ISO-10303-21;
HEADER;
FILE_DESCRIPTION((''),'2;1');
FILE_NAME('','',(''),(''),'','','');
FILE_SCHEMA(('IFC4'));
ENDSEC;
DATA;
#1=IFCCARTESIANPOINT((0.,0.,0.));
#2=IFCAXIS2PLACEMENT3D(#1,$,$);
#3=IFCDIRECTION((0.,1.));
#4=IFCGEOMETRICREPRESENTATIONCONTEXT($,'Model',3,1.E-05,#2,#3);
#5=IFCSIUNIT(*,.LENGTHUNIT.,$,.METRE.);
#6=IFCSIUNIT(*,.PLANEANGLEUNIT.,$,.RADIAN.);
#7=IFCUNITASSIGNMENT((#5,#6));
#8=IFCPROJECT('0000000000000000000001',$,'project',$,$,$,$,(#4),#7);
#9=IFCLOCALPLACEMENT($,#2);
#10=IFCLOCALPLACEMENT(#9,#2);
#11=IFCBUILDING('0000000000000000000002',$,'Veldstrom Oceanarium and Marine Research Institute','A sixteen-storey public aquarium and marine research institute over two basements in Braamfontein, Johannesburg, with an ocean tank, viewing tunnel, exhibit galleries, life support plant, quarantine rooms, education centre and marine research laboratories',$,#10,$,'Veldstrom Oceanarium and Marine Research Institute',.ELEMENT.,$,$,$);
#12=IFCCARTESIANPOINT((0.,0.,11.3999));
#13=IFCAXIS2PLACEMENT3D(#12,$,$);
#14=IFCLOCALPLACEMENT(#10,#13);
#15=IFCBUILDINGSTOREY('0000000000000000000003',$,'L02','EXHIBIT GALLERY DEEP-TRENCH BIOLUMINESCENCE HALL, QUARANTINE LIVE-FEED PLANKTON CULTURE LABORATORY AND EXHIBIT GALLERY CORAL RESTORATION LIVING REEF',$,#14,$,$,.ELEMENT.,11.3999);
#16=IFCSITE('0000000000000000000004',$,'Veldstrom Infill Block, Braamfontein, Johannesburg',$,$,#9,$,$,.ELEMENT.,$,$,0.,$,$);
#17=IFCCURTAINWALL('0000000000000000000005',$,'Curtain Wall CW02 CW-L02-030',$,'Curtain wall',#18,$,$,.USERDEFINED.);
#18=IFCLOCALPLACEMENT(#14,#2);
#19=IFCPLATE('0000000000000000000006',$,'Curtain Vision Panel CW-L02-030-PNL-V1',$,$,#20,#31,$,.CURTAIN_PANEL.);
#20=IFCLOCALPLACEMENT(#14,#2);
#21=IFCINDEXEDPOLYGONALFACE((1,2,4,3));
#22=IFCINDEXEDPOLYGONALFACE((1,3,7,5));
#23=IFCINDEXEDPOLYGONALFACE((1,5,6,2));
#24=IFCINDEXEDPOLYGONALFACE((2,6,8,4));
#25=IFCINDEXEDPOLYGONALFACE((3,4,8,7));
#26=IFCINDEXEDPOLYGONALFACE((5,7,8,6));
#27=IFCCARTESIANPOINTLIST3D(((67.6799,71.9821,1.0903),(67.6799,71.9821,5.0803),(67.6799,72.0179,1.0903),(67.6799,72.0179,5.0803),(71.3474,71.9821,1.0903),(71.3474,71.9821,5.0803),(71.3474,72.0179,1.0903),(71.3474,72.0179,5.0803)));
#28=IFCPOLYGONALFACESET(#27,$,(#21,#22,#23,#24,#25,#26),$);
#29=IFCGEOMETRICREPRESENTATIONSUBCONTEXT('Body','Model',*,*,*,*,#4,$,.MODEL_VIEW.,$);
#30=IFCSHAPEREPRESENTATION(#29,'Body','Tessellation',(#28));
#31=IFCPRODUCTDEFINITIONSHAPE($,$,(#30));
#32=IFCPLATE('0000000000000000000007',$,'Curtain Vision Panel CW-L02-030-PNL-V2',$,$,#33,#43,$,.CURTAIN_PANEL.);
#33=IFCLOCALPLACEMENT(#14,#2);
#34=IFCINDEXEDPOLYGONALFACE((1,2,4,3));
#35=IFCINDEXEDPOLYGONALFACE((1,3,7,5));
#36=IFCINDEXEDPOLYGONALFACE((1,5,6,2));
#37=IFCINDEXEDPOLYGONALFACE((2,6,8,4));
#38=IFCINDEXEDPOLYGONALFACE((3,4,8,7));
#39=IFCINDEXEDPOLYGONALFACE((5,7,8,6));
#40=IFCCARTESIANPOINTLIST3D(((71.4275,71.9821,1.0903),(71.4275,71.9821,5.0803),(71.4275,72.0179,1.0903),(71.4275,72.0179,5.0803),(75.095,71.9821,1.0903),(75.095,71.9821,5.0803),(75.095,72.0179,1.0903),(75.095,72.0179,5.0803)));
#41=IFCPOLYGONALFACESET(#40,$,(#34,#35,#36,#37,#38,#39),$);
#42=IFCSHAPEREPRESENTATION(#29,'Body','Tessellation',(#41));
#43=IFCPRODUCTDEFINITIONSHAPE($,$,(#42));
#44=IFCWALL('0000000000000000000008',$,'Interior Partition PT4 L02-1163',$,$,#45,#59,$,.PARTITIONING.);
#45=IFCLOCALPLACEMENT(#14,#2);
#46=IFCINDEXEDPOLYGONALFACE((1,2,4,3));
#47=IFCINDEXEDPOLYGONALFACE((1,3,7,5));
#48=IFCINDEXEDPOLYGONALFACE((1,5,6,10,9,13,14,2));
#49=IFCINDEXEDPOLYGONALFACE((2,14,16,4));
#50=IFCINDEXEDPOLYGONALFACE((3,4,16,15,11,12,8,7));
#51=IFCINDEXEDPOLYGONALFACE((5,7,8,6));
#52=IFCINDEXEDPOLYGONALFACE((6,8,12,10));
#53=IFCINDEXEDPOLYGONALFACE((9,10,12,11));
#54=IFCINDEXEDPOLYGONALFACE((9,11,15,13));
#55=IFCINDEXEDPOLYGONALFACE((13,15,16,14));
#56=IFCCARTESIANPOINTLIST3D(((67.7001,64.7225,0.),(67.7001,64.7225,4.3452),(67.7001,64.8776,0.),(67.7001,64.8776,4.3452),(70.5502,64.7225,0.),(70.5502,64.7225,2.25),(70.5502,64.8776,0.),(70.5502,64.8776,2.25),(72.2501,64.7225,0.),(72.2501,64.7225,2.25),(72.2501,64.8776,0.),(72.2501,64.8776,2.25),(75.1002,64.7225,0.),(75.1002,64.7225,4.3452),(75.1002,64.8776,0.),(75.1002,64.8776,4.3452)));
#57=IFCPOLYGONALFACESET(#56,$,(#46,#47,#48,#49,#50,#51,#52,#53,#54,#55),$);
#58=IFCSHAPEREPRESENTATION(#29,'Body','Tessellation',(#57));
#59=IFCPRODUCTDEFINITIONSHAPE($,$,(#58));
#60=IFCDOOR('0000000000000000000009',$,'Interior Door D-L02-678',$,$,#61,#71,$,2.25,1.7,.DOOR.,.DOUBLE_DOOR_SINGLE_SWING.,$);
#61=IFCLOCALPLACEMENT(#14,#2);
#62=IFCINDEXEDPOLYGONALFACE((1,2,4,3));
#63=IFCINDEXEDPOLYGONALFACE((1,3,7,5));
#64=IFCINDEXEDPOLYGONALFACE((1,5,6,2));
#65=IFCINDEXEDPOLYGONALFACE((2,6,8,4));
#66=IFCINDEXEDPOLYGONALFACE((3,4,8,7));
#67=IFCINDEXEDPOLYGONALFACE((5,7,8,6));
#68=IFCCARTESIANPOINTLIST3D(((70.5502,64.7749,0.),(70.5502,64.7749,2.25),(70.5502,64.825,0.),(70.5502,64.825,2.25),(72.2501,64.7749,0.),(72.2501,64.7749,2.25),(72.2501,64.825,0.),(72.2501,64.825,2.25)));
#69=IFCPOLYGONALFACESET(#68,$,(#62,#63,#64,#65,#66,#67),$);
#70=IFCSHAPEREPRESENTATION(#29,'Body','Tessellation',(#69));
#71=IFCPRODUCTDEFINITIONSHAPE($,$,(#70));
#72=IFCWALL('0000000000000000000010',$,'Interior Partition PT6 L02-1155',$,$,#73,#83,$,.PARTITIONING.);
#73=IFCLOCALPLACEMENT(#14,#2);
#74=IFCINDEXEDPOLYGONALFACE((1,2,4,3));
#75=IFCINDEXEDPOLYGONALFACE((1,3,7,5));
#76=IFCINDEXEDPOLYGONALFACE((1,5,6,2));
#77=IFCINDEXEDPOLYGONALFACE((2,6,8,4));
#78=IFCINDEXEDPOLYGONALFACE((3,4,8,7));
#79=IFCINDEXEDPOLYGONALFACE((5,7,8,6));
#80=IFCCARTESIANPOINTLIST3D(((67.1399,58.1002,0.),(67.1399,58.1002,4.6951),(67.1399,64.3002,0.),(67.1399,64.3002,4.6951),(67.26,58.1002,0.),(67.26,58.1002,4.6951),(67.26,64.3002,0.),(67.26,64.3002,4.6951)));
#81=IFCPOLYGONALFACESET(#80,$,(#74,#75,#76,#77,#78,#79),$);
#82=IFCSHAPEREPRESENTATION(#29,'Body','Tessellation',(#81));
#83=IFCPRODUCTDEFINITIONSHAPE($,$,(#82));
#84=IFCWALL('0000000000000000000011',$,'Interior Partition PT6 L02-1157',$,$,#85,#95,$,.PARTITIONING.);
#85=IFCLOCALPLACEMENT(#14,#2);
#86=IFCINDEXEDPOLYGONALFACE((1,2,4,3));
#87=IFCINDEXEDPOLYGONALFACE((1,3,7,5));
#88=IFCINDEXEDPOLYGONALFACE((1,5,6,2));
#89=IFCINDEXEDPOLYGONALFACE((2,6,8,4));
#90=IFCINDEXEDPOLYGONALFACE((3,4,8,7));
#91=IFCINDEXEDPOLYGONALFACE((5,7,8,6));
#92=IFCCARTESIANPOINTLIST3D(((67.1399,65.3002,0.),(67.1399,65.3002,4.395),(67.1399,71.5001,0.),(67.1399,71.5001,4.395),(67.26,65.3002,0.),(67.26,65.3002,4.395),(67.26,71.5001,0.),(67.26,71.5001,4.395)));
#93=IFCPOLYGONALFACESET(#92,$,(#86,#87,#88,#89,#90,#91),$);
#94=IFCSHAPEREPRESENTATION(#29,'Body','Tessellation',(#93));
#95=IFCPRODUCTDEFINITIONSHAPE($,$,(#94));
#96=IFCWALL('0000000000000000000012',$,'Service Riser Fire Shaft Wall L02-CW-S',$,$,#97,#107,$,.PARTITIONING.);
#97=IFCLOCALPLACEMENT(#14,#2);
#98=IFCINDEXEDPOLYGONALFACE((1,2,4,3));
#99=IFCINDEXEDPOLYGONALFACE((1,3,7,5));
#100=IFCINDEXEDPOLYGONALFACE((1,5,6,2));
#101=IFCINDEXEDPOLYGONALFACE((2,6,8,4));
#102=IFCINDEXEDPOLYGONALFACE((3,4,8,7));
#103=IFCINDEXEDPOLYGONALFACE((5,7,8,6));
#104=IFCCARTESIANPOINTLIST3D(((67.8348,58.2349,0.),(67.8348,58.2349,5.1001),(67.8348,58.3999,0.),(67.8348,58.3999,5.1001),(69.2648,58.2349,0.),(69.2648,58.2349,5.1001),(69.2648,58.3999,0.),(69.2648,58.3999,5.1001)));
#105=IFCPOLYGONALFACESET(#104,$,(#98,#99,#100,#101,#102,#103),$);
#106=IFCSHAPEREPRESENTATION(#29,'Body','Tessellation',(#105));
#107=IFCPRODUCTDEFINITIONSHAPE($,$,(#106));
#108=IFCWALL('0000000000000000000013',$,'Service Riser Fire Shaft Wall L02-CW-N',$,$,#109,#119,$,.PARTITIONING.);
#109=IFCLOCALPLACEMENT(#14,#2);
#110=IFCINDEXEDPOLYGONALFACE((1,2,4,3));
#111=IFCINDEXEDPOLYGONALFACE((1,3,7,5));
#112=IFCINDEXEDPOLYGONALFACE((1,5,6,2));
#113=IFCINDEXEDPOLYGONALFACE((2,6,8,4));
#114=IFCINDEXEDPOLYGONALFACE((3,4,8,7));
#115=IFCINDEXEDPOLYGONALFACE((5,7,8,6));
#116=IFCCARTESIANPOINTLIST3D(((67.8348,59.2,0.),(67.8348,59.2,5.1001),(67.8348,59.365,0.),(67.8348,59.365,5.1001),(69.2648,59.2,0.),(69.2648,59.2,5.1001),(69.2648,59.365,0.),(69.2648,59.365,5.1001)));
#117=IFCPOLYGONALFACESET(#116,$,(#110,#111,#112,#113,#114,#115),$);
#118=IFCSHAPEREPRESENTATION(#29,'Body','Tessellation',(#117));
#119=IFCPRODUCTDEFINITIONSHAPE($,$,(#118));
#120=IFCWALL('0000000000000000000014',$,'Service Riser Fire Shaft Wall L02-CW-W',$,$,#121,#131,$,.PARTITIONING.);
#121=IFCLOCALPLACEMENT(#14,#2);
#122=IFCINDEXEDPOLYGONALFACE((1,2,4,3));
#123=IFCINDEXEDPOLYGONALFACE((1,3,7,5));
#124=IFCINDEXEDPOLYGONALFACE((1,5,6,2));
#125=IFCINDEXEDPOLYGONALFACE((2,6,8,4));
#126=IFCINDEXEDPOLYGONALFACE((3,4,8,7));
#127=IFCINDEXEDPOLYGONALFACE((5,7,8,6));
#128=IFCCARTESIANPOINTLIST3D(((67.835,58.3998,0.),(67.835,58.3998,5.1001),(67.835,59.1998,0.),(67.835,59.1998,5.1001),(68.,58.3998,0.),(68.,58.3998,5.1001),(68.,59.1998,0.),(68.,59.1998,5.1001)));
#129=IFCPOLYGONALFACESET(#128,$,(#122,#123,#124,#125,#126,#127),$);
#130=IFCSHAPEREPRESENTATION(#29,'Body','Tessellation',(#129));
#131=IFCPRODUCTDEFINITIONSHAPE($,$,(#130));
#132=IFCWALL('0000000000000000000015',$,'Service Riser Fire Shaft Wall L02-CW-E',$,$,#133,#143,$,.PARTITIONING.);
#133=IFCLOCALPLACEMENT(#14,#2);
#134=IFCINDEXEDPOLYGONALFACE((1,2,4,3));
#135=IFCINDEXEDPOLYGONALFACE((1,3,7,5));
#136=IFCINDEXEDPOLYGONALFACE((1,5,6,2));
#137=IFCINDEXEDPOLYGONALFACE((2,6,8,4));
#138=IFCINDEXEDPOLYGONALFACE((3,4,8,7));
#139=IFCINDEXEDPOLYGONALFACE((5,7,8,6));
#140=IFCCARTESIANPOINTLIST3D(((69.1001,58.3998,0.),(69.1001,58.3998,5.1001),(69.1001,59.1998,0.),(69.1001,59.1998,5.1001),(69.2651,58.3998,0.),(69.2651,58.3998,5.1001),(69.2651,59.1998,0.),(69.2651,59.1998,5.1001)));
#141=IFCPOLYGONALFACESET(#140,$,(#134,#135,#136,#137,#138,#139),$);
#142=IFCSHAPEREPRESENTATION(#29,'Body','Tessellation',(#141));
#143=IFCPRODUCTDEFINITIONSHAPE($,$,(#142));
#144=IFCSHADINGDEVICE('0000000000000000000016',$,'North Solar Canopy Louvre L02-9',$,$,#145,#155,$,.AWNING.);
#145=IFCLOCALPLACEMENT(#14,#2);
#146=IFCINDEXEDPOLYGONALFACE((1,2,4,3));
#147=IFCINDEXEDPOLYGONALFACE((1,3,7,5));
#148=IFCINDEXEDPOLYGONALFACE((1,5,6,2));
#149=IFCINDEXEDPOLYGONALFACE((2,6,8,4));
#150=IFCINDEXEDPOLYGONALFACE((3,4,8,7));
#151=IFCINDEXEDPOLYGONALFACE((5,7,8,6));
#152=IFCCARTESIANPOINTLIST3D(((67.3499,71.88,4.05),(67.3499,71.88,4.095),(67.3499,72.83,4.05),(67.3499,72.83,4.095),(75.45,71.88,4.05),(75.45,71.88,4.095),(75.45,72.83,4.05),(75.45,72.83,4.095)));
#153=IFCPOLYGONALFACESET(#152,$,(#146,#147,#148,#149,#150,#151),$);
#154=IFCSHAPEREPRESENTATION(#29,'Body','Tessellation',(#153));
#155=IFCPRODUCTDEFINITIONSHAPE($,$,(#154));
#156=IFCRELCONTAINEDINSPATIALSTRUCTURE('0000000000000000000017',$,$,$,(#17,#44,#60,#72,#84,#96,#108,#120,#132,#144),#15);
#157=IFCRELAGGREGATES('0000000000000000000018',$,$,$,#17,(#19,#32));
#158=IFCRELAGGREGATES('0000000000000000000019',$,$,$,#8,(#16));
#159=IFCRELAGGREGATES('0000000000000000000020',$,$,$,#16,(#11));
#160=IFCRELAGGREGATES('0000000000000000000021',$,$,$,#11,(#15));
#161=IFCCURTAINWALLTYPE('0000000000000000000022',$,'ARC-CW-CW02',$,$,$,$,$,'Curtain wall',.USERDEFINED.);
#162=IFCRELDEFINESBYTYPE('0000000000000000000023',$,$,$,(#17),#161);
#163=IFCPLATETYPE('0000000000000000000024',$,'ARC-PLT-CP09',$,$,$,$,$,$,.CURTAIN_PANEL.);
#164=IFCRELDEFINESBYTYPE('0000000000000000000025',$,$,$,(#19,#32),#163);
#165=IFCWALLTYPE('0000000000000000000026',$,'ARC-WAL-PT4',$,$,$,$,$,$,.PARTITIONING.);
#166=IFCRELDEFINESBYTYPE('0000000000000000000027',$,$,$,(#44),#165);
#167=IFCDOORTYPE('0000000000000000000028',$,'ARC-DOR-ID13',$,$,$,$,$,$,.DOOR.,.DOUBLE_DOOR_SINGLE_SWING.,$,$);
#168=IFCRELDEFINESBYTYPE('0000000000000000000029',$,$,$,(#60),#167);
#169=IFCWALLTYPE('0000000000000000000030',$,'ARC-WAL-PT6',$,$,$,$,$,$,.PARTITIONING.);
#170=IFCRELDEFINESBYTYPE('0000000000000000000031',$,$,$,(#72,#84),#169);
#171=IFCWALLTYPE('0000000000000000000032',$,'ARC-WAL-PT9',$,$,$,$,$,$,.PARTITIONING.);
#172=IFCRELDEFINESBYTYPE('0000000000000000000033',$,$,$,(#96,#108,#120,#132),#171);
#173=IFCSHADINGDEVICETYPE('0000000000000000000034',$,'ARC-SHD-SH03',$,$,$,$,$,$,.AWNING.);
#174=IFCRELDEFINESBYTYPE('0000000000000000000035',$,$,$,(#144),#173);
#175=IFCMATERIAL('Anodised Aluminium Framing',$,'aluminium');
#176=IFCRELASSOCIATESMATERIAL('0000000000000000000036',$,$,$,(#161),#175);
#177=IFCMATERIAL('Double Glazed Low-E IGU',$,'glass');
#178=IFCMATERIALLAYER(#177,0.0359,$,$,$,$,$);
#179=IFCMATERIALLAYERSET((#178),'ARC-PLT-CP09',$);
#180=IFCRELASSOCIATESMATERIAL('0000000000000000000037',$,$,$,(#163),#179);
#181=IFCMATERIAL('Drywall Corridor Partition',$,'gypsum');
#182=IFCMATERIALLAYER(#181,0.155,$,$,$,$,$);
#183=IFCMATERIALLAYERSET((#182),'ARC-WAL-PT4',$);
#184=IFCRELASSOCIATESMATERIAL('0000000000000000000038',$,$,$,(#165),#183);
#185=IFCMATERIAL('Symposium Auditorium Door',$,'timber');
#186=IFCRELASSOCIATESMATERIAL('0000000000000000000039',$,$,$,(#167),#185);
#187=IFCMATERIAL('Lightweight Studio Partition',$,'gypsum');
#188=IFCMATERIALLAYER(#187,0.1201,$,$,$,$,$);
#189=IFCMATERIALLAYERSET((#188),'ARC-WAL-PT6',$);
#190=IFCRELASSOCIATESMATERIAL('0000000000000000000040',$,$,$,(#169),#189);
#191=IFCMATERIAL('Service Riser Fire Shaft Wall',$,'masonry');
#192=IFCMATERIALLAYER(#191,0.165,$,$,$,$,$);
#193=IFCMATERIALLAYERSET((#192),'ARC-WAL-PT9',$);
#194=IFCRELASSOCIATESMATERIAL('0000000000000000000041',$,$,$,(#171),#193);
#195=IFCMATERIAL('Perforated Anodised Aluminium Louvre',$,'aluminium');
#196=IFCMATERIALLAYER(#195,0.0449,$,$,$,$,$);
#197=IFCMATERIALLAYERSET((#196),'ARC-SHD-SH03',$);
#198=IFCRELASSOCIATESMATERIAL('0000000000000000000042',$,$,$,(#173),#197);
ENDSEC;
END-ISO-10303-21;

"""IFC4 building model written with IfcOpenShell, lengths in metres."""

from ifc_helpers import new_model, si_unit, direction, frame, frame_2d, origin, origin_2d, place, context, subcontext, project, spatial, rectangle, extrude, material, layer, layer_set, type_object, element, fill, aggregate, save


model = new_model("IFC4")

# Units and contexts
model_context = context("Model", 3, precision=1e-05, world=origin(), true_north=direction((0.0, 1.0)))
body_context = subcontext(model_context, "Body", "Model", "MODEL_VIEW")
ifc_project = project(units=[si_unit("LENGTHUNIT", "METRE"), si_unit("PLANEANGLEUNIT", "RADIAN")], contexts=[model_context])

# Site, building, storey
site_placement = place(None, origin())
site = spatial("IfcSite", under=ifc_project, at=site_placement, Name="Veldstrom Infill Block, Braamfontein, Johannesburg", CompositionType="ELEMENT", RefElevation=0.0)
building_placement = place(site_placement, origin())
building = spatial("IfcBuilding", under=site, at=building_placement, Name="Veldstrom Oceanarium and Marine Research Institute", Description="A sixteen-storey public aquarium and marine research institute over two basements in Braamfontein, Johannesburg, with an ocean tank, viewing tunnel, exhibit galleries, life support plant, quarantine rooms, education centre and marine research laboratories", LongName="Veldstrom Oceanarium and Marine Research Institute", CompositionType="ELEMENT")
storey_placement = place(building_placement, frame((0.0, 0.0, 11.3999)))
storey = spatial("IfcBuildingStorey", under=building, at=storey_placement, Name="L02", Description="EXHIBIT GALLERY DEEP-TRENCH BIOLUMINESCENCE HALL, QUARANTINE LIVE-FEED PLANKTON CULTURE LABORATORY AND EXHIBIT GALLERY CORAL RESTORATION LIVING REEF", CompositionType="ELEMENT", Elevation=11.3999)

# Curtain wall
ifc_material_1 = material(Name="Anodised Aluminium Framing", Category="aluminium")
curtain_wall_type = type_object("IfcCurtainWallType", Name="ARC-CW-CW02", ElementType="Curtain wall", PredefinedType="USERDEFINED", material=ifc_material_1)
curtain_wall_placement = place(storey_placement, origin())
curtain_wall = element("IfcCurtainWall", 1, at=curtain_wall_placement, inside=storey, type_object=curtain_wall_type, Name="Curtain Wall CW02 CW-L02-030", ObjectType="Curtain wall", PredefinedType="USERDEFINED")

# Plates
ifc_material_2 = material(Name="Double Glazed Low-E IGU", Category="glass")
ifc_layer_1 = layer(ifc_material_2, 0.0359)
ifc_layer_set_1 = layer_set([ifc_layer_1], Name="ARC-PLT-CP09")
plate_type_1 = type_object("IfcPlateType", Name="ARC-PLT-CP09", PredefinedType="CURTAIN_PANEL", material=ifc_layer_set_1)
plate_1_placement = place(storey_placement, frame((69.5137, 72.0, 1.0903), z_axis=(0.0, 0.0, 1.0), x_axis=(1.0, 0.0, 0.0)))
plate_1 = element("IfcPlate", 2, at=plate_1_placement, type_object=plate_type_1, Name="Curtain Vision Panel CW-L02-030-PNL-V1", PredefinedType="CURTAIN_PANEL", context=body_context, shape_type="SweptSolid", body=[
    extrude(rectangle(XDim=3.6675, YDim=0.0359, at=origin_2d()), origin(), (0.0, 0.0, 1.0), 3.99),
])
plate_2_placement = place(storey_placement, frame((73.2612, 72.0, 1.0903), z_axis=(0.0, 0.0, 1.0), x_axis=(1.0, 0.0, 0.0)))
plate_2 = element("IfcPlate", 3, at=plate_2_placement, type_object=plate_type_1, Name="Curtain Vision Panel CW-L02-030-PNL-V2", PredefinedType="CURTAIN_PANEL", context=body_context, shape_type="SweptSolid", body=[
    extrude(rectangle(XDim=3.6675, YDim=0.0359, at=origin_2d()), origin(), (0.0, 0.0, 1.0), 3.99),
])
aggregate(curtain_wall, [plate_1, plate_2])

# Wall, opening, door
ifc_material_3 = material(Name="Drywall Corridor Partition", Category="gypsum")
ifc_layer_2 = layer(ifc_material_3, 0.155)
ifc_layer_set_2 = layer_set([ifc_layer_2], Name="ARC-WAL-PT4")
wall_type_1 = type_object("IfcWallType", Name="ARC-WAL-PT4", PredefinedType="PARTITIONING", material=ifc_layer_set_2)
wall_1_placement = place(storey_placement, frame((67.7, 64.8, 0.0), z_axis=(0.0, 0.0, 1.0), x_axis=(1.0, 0.0, 0.0)))
wall_1 = element("IfcWall", 4, at=wall_1_placement, inside=storey, type_object=wall_type_1, Name="Interior Partition PT4 L02-1163", PredefinedType="PARTITIONING", context=body_context, shape_type="SweptSolid", body=[
    extrude(rectangle(XDim=7.4001, YDim=0.155, at=frame_2d((3.7002, 0.0))), origin(), (0.0, 0.0, 1.0), 4.3452),
])
opening_placement = place(wall_1_placement, frame((2.8501, 0.0, 0.0)))
opening = element("IfcOpeningElement", 5, at=opening_placement, cuts=wall_1, PredefinedType="OPENING", context=body_context, shape_type="SweptSolid", body=[
    extrude(rectangle(XDim=1.7, YDim=2.25, at=frame_2d((0.8501, 1.125))), frame((0.0, 0.0874, 0.0), z_axis=(0.0, -1.0, 0.0), x_axis=(1.0, 0.0, 0.0)), (0.0, 0.0, 1.0), 0.175),
])
ifc_material_4 = material(Name="Symposium Auditorium Door", Category="timber")
door_type = type_object("IfcDoorType", Name="ARC-DOR-ID13", OperationType="DOUBLE_DOOR_SINGLE_SWING", PredefinedType="DOOR", material=ifc_material_4)
door_placement = place(opening_placement, origin())
door = element("IfcDoor", 6, at=door_placement, inside=storey, type_object=door_type, Name="Interior Door D-L02-678", OperationType="DOUBLE_DOOR_SINGLE_SWING", OverallHeight=2.25, OverallWidth=1.7, PredefinedType="DOOR", context=body_context, shape_type="SweptSolid", body=[
    extrude(rectangle(XDim=1.7, YDim=2.25, at=frame_2d((0.8501, 1.125))), frame((0.0, 0.0249, 0.0), z_axis=(0.0, -1.0, 0.0), x_axis=(1.0, 0.0, 0.0)), (0.0, 0.0, 1.0), 0.05),
])
fill(opening, door)

# Walls
ifc_material_5 = material(Name="Lightweight Studio Partition", Category="gypsum")
ifc_layer_3 = layer(ifc_material_5, 0.1201)
ifc_layer_set_3 = layer_set([ifc_layer_3], Name="ARC-WAL-PT6")
wall_type_2 = type_object("IfcWallType", Name="ARC-WAL-PT6", PredefinedType="PARTITIONING", material=ifc_layer_set_3)
wall_2_placement = place(storey_placement, frame((67.2, 58.1001, 0.0), z_axis=(0.0, 0.0, 1.0), x_axis=(0.0, 1.0, 0.0)))
element("IfcWall", 7, at=wall_2_placement, inside=storey, type_object=wall_type_2, Name="Interior Partition PT6 L02-1155", PredefinedType="PARTITIONING", context=body_context, shape_type="SweptSolid", body=[
    extrude(rectangle(XDim=6.2, YDim=0.1201, at=frame_2d((3.1001, 0.0))), origin(), (0.0, 0.0, 1.0), 4.6951),
])
wall_3_placement = place(storey_placement, frame((67.2, 65.3, 0.0), z_axis=(0.0, 0.0, 1.0), x_axis=(0.0, 1.0, 0.0)))
element("IfcWall", 8, at=wall_3_placement, inside=storey, type_object=wall_type_2, Name="Interior Partition PT6 L02-1157", PredefinedType="PARTITIONING", context=body_context, shape_type="SweptSolid", body=[
    extrude(rectangle(XDim=6.2, YDim=0.1201, at=frame_2d((3.1001, 0.0))), origin(), (0.0, 0.0, 1.0), 4.395),
])
ifc_material_6 = material(Name="Service Riser Fire Shaft Wall", Category="masonry")
ifc_layer_4 = layer(ifc_material_6, 0.165)
ifc_layer_set_4 = layer_set([ifc_layer_4], Name="ARC-WAL-PT9")
wall_type_3 = type_object("IfcWallType", Name="ARC-WAL-PT9", PredefinedType="PARTITIONING", material=ifc_layer_set_4)
for number, where, z_axis, x_axis, name in (
    (9, (67.835, 58.3174, 0.0), (0.0, 0.0, 1.0), (1.0, 0.0, 0.0), "Service Riser Fire Shaft Wall L02-CW-S"),
    (10, (67.835, 59.2825, 0.0), (0.0, 0.0, 1.0), (1.0, 0.0, 0.0), "Service Riser Fire Shaft Wall L02-CW-N"),
):
    element("IfcWall", number, at=place(storey_placement, frame(where, z_axis=z_axis, x_axis=x_axis)), inside=storey, type_object=wall_type_3, Name=name, PredefinedType="PARTITIONING", context=body_context, shape_type="SweptSolid", body=[
        extrude(rectangle(XDim=1.4299, YDim=0.165, at=frame_2d((0.7148, 0.0))), origin(), (0.0, 0.0, 1.0), 5.1001),
    ])
for number, where, z_axis, x_axis, name in (
    (11, (67.9175, 58.3999, 0.0), (0.0, 0.0, 1.0), (0.0, 1.0, 0.0), "Service Riser Fire Shaft Wall L02-CW-W"),
    (12, (69.1826, 58.3999, 0.0), (0.0, 0.0, 1.0), (0.0, 1.0, 0.0), "Service Riser Fire Shaft Wall L02-CW-E"),
):
    element("IfcWall", number, at=place(storey_placement, frame(where, z_axis=z_axis, x_axis=x_axis)), inside=storey, type_object=wall_type_3, Name=name, PredefinedType="PARTITIONING", context=body_context, shape_type="SweptSolid", body=[
        extrude(rectangle(XDim=0.8, YDim=0.165, at=frame_2d((0.3999, 0.0))), origin(), (0.0, 0.0, 1.0), 5.1001),
    ])

# Shading device
ifc_material_7 = material(Name="Perforated Anodised Aluminium Louvre", Category="aluminium")
ifc_layer_5 = layer(ifc_material_7, 0.0449)
ifc_layer_set_5 = layer_set([ifc_layer_5], Name="ARC-SHD-SH03")
shading_device_type = type_object("IfcShadingDeviceType", Name="ARC-SHD-SH03", PredefinedType="AWNING", material=ifc_layer_set_5)
shading_device_placement = place(storey_placement, frame((71.3999, 72.355, 4.05), z_axis=(0.0, 0.0, 1.0), x_axis=(1.0, 0.0, 0.0)))
element("IfcShadingDevice", 13, at=shading_device_placement, inside=storey, type_object=shading_device_type, Name="North Solar Canopy Louvre L02-9", PredefinedType="AWNING", context=body_context, shape_type="SweptSolid", body=[
    extrude(rectangle(XDim=8.1001, YDim=0.95, at=origin_2d()), origin(), (0.0, 0.0, 1.0), 0.0449),
])

save(model, "model.ifc")
